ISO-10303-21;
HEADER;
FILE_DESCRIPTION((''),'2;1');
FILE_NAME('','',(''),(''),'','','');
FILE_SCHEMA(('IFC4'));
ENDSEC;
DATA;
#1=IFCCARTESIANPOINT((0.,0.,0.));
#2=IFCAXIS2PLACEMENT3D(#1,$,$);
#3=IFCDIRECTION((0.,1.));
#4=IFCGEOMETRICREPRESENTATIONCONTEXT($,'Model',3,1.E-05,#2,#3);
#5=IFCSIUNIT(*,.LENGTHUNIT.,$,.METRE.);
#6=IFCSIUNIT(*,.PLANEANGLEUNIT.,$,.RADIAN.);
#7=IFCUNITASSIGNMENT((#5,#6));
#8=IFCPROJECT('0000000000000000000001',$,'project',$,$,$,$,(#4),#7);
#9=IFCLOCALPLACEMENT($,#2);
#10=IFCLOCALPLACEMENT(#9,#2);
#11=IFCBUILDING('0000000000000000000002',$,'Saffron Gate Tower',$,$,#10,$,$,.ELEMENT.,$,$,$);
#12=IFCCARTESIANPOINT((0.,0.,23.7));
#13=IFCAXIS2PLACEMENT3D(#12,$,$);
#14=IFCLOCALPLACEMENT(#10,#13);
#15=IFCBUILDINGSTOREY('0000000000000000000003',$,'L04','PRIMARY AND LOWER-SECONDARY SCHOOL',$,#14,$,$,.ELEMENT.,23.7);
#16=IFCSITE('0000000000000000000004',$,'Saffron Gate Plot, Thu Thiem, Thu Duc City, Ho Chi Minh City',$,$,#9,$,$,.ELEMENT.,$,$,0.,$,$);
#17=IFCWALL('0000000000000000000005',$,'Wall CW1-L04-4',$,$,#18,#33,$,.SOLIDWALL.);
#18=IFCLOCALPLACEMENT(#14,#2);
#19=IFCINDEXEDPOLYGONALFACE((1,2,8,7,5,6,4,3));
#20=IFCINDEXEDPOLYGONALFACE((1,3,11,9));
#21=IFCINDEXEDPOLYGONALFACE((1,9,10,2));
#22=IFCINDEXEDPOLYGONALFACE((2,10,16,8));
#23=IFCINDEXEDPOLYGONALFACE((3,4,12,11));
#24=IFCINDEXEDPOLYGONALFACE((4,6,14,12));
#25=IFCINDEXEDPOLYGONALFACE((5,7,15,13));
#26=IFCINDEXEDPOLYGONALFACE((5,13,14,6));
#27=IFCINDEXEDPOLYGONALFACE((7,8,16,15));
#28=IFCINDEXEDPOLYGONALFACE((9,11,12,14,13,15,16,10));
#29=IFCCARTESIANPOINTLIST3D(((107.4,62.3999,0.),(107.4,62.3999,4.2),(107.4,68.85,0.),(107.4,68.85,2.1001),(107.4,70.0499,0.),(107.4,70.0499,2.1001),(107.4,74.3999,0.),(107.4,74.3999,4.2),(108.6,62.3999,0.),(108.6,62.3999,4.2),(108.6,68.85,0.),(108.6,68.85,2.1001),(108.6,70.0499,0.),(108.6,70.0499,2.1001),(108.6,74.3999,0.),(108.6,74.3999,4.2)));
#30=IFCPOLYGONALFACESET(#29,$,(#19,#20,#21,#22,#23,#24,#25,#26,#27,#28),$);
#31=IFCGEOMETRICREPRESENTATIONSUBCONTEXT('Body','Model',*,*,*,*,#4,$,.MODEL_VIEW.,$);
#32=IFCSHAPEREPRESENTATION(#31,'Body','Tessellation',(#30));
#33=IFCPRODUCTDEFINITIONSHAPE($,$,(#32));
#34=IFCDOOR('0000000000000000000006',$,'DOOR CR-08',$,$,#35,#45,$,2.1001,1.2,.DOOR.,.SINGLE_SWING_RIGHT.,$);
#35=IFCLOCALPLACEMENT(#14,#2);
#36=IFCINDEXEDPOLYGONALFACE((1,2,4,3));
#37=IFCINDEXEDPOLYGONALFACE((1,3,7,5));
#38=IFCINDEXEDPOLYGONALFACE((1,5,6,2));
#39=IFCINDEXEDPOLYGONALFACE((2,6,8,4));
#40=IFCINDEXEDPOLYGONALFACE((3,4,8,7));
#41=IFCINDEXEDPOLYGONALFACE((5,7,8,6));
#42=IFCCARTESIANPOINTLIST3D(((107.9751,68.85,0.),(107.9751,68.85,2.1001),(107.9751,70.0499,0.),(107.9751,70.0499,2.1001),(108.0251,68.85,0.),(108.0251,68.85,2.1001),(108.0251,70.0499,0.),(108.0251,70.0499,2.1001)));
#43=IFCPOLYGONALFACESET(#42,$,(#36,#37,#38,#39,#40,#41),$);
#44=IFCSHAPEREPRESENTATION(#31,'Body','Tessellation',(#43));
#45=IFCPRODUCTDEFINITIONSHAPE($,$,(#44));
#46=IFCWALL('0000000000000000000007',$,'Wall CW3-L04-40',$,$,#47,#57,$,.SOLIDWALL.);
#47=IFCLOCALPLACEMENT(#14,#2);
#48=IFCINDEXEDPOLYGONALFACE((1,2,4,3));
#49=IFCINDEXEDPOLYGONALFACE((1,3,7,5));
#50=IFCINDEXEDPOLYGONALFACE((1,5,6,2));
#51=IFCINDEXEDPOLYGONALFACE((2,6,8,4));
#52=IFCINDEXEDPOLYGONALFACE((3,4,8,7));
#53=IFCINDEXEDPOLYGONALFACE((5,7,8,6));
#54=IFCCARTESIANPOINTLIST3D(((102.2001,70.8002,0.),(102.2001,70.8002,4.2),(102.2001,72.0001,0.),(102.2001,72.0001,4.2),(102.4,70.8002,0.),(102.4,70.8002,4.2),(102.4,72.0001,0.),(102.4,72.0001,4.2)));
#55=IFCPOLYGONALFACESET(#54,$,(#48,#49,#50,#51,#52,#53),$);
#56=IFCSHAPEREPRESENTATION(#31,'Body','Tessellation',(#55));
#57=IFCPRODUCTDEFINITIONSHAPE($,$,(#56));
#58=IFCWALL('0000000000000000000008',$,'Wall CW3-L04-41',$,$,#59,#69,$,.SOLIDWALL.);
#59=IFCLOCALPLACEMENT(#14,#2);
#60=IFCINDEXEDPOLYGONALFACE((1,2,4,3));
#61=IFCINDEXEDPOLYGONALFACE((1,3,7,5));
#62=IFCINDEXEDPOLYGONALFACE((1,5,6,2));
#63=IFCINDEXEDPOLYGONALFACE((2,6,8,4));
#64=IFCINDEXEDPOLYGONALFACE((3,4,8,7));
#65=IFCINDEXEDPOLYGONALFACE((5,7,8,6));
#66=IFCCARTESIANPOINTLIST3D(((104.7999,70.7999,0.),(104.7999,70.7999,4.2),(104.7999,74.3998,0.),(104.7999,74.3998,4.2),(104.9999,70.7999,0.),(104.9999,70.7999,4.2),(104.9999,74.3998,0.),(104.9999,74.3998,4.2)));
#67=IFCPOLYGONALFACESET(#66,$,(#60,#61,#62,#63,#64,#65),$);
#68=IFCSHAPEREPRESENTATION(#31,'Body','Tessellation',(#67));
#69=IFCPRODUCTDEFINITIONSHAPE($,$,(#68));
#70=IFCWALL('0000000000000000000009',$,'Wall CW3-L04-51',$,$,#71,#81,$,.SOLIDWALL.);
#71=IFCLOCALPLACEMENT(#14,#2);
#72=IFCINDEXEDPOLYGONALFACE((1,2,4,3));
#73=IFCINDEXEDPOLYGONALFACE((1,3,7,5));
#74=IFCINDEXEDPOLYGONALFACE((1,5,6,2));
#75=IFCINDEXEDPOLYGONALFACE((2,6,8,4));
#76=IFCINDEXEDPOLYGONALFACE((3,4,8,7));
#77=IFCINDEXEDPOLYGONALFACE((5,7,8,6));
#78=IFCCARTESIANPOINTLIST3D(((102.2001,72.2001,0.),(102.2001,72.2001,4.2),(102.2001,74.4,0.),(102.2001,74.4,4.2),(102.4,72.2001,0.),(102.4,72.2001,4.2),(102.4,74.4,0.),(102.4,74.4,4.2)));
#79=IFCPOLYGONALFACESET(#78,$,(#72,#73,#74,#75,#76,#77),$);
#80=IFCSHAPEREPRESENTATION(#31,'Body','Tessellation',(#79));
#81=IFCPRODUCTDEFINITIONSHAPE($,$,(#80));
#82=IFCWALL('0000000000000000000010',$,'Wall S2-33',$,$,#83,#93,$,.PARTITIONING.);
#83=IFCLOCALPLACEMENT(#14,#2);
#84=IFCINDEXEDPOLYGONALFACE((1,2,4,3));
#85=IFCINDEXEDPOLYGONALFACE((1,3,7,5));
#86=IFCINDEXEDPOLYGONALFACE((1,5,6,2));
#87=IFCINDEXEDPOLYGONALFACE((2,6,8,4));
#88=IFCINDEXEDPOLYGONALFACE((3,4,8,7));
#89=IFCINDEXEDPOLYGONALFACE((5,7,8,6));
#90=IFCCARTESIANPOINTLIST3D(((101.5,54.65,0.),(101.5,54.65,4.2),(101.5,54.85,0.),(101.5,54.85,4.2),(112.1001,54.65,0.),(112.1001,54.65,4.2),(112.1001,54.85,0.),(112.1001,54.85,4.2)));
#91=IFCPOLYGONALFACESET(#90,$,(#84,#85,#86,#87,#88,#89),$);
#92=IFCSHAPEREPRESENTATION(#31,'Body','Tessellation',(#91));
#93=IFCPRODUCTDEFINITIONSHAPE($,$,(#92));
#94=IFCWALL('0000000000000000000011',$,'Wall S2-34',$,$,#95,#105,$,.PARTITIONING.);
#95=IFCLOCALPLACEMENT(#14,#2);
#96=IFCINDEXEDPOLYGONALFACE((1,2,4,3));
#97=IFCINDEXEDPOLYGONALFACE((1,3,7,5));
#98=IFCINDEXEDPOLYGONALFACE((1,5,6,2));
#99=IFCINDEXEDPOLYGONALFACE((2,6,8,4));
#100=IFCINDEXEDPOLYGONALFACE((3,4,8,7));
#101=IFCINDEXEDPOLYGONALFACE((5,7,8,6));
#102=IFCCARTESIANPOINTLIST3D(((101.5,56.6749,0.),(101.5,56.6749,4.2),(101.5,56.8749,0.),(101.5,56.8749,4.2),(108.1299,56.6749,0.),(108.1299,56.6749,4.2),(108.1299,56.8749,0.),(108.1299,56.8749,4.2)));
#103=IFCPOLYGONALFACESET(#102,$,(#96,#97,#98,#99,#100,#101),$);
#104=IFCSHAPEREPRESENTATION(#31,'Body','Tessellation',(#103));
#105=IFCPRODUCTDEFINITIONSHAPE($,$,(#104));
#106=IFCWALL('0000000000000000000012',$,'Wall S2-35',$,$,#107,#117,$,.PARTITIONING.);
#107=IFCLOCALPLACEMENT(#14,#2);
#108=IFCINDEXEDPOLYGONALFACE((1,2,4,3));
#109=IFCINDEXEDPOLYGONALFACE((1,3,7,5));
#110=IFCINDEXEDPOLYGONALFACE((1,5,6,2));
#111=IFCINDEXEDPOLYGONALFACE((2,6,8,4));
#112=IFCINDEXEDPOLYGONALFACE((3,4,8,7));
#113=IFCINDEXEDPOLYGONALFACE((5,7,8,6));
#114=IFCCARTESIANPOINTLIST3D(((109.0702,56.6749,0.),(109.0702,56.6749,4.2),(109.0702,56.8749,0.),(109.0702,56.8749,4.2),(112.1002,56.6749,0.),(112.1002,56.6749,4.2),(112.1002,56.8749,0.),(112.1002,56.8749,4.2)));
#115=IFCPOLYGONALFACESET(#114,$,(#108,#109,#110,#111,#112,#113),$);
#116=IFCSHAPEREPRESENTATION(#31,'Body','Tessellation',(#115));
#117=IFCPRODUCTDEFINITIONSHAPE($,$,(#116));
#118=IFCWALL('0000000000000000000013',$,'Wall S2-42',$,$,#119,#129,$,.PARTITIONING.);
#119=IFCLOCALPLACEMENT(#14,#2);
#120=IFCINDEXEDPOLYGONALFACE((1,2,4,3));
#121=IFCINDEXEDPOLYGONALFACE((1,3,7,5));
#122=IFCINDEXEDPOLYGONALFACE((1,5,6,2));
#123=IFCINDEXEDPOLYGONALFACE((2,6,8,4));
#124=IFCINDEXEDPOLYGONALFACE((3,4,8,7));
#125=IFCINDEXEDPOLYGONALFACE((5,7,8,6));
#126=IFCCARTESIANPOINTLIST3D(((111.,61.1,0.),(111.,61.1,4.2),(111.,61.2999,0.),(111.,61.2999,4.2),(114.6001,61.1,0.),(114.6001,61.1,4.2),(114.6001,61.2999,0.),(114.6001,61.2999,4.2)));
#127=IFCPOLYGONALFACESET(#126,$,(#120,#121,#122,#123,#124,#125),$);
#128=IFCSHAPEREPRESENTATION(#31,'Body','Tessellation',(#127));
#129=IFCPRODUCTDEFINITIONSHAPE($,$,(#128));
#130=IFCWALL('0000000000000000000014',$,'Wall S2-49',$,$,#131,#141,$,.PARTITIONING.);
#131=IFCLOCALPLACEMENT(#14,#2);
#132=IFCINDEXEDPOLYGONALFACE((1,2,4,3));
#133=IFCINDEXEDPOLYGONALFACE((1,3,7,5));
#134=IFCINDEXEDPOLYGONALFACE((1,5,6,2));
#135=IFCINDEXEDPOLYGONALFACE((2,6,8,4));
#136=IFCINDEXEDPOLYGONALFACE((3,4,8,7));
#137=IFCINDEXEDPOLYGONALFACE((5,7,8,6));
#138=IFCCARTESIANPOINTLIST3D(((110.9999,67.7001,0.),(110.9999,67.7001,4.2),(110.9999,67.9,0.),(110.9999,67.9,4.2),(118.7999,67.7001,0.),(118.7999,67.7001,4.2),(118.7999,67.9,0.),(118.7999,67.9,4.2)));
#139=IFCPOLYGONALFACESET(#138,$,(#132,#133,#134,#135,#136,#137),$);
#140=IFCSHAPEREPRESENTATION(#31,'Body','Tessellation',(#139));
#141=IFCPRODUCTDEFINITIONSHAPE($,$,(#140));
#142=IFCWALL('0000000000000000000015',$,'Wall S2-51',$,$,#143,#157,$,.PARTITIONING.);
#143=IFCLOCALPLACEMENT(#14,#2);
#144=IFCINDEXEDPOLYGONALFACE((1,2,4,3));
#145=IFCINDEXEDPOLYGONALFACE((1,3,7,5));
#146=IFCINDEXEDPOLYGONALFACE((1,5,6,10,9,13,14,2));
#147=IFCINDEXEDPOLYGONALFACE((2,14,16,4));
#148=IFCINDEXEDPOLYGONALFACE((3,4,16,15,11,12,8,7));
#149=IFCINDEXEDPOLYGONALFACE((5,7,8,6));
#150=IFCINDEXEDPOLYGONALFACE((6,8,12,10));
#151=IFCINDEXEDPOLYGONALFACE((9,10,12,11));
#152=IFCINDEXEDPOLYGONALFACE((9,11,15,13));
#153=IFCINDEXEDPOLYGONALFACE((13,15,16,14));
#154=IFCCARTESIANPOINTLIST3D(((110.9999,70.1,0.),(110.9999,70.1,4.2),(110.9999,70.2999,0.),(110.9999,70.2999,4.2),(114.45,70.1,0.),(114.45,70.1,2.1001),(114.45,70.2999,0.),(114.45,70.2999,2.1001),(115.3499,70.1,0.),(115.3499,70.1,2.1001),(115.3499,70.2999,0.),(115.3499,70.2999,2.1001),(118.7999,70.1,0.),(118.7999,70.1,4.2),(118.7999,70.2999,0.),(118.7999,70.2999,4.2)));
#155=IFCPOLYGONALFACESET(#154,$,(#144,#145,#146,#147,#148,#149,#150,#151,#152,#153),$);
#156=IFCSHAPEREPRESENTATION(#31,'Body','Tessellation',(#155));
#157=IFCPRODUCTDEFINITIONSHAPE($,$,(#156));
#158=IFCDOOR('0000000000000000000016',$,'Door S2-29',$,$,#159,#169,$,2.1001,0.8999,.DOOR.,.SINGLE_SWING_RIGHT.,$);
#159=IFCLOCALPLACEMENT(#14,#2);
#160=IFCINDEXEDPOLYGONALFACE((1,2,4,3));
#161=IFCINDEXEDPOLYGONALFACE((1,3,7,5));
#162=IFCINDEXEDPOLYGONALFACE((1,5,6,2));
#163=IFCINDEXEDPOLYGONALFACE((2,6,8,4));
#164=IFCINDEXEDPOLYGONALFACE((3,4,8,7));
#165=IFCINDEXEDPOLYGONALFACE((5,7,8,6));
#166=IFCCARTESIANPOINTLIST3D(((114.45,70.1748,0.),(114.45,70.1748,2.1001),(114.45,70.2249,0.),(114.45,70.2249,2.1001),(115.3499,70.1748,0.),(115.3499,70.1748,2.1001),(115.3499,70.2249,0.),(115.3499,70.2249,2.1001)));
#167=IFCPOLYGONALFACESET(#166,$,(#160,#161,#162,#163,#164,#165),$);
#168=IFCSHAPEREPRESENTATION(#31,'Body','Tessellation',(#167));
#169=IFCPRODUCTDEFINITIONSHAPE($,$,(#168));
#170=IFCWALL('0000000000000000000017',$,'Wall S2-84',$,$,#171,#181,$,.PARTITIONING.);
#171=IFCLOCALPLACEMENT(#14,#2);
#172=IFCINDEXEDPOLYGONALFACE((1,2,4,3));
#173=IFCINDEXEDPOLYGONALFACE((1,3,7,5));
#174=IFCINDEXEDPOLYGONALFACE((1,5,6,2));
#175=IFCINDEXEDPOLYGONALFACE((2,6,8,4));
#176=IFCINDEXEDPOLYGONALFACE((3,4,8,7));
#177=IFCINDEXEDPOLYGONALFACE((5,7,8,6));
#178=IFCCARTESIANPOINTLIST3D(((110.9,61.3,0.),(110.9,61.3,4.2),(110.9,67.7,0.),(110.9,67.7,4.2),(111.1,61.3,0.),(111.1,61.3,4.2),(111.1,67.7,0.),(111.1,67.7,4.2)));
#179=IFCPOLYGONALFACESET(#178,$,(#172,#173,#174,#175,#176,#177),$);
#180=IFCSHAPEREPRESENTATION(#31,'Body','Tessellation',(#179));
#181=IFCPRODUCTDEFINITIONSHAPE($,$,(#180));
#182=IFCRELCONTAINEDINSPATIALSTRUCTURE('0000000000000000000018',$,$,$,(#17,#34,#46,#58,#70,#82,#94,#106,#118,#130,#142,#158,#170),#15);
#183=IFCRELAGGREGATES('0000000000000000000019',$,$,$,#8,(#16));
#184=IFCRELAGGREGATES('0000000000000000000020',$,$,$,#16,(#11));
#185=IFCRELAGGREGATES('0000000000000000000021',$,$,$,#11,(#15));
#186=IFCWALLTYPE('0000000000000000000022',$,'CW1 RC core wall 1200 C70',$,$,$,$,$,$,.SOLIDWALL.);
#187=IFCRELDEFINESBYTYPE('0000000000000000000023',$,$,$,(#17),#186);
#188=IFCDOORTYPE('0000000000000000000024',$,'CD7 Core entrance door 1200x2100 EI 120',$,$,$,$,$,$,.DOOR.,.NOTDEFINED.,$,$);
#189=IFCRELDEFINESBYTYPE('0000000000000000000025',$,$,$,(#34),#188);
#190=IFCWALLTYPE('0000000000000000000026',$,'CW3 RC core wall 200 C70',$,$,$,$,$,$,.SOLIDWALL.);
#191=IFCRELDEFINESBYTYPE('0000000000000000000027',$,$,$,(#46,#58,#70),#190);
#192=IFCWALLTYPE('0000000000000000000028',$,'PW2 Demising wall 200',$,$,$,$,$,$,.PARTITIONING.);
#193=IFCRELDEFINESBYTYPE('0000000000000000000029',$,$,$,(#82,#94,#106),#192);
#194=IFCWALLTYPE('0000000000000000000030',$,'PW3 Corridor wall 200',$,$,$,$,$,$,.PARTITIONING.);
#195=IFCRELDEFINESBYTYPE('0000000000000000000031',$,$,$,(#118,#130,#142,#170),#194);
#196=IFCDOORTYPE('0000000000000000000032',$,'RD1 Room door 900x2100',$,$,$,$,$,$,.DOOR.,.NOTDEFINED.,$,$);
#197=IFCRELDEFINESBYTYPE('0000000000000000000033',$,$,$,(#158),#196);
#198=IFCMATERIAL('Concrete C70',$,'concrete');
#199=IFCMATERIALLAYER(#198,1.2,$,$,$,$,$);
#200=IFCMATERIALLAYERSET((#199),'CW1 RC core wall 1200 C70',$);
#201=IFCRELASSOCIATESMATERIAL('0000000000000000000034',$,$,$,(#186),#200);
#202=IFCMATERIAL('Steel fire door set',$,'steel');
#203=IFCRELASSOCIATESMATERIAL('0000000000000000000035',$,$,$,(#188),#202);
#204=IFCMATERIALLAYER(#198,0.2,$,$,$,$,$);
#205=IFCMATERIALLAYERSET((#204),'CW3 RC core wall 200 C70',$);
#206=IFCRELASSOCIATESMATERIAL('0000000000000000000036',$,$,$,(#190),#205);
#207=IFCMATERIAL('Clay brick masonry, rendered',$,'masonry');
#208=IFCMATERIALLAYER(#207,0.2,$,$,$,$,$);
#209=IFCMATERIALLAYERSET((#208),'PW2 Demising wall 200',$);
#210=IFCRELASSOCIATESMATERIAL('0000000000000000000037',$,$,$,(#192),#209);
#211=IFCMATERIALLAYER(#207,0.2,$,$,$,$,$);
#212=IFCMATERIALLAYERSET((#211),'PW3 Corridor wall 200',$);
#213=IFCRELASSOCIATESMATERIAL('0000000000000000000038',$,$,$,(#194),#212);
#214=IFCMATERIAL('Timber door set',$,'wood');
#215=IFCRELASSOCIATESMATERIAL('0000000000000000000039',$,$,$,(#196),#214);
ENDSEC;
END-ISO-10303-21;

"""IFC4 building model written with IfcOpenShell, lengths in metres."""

from ifc_helpers import new_model, si_unit, direction, frame, frame_2d, origin, place, context, subcontext, project, spatial, rectangle, extrude, material, layer, layer_set, type_object, element, fill, save


model = new_model("IFC4")

# Units and contexts
model_context = context("Model", 3, precision=1e-05, world=origin(), true_north=direction((0.0, 1.0)))
body_context = subcontext(model_context, "Body", "Model", "MODEL_VIEW")
ifc_project = project(units=[si_unit("LENGTHUNIT", "METRE"), si_unit("PLANEANGLEUNIT", "RADIAN")], contexts=[model_context])

# Site, building, storey
site_placement = place(None, origin())
site = spatial("IfcSite", under=ifc_project, at=site_placement, Name="Saffron Gate Plot, Thu Thiem, Thu Duc City, Ho Chi Minh City", CompositionType="ELEMENT", RefElevation=0.0)
building_placement = place(site_placement, origin())
building = spatial("IfcBuilding", under=site, at=building_placement, Name="Saffron Gate Tower", CompositionType="ELEMENT")
storey_placement = place(building_placement, frame((0.0, 0.0, 23.7)))
storey = spatial("IfcBuildingStorey", under=building, at=storey_placement, Name="L04", Description="PRIMARY AND LOWER-SECONDARY SCHOOL", CompositionType="ELEMENT", Elevation=23.7)

# Wall, opening, door
ifc_material_1 = material(Name="Concrete C70", Category="concrete")
ifc_layer_1 = layer(ifc_material_1, 1.2)
ifc_layer_set_1 = layer_set([ifc_layer_1], Name="CW1 RC core wall 1200 C70")
wall_type_1 = type_object("IfcWallType", Name="CW1 RC core wall 1200 C70", PredefinedType="SOLIDWALL", material=ifc_layer_set_1)
wall_1_placement = place(storey_placement, frame((108.0, 62.3999, 0.0), z_axis=(0.0, 0.0, 1.0), x_axis=(0.0, 1.0, 0.0)))
wall_1 = element("IfcWall", 1, at=wall_1_placement, inside=storey, type_object=wall_type_1, Name="Wall CW1-L04-4", PredefinedType="SOLIDWALL", context=body_context, shape_type="SweptSolid", body=[
    extrude(rectangle(XDim=12.0, YDim=1.2, at=frame_2d((6.0, 0.0))), origin(), (0.0, 0.0, 1.0), 4.2),
])
opening_1_placement = place(wall_1_placement, frame((6.45, 0.0, 0.0)))
opening_1 = element("IfcOpeningElement", 2, at=opening_1_placement, cuts=wall_1, PredefinedType="OPENING", context=body_context, shape_type="SweptSolid", body=[
    extrude(rectangle(XDim=1.2, YDim=2.1001, at=frame_2d((0.6001, 1.05))), frame((0.0, 0.6099, 0.0), z_axis=(0.0, -1.0, 0.0), x_axis=(1.0, 0.0, 0.0)), (0.0, 0.0, 1.0), 1.22),
])
ifc_material_2 = material(Name="Steel fire door set", Category="steel")
door_type_1 = type_object("IfcDoorType", Name="CD7 Core entrance door 1200x2100 EI 120", OperationType="NOTDEFINED", PredefinedType="DOOR", material=ifc_material_2)
door_1_placement = place(opening_1_placement, origin())
door_1 = element("IfcDoor", 3, at=door_1_placement, inside=storey, type_object=door_type_1, Name="DOOR CR-08", OperationType="SINGLE_SWING_RIGHT", OverallHeight=2.1001, OverallWidth=1.2, PredefinedType="DOOR", context=body_context, shape_type="SweptSolid", body=[
    extrude(rectangle(XDim=1.2, YDim=2.1001, at=frame_2d((0.6001, 1.05))), frame((0.0, 0.0249, 0.0), z_axis=(0.0, -1.0, 0.0), x_axis=(1.0, 0.0, 0.0)), (0.0, 0.0, 1.0), 0.05),
])
fill(opening_1, door_1)

# Walls
ifc_layer_2 = layer(ifc_material_1, 0.2)
ifc_layer_set_2 = layer_set([ifc_layer_2], Name="CW3 RC core wall 200 C70")
wall_type_2 = type_object("IfcWallType", Name="CW3 RC core wall 200 C70", PredefinedType="SOLIDWALL", material=ifc_layer_set_2)
wall_2_placement = place(storey_placement, frame((102.3, 70.8, 0.0), z_axis=(0.0, 0.0, 1.0), x_axis=(0.0, 1.0, 0.0)))
element("IfcWall", 4, at=wall_2_placement, inside=storey, type_object=wall_type_2, Name="Wall CW3-L04-40", PredefinedType="SOLIDWALL", context=body_context, shape_type="SweptSolid", body=[
    extrude(rectangle(XDim=1.2, YDim=0.2, at=frame_2d((0.6001, 0.0))), origin(), (0.0, 0.0, 1.0), 4.2),
])
wall_3_placement = place(storey_placement, frame((104.8999, 70.8, 0.0), z_axis=(0.0, 0.0, 1.0), x_axis=(0.0, 1.0, 0.0)))
element("IfcWall", 5, at=wall_3_placement, inside=storey, type_object=wall_type_2, Name="Wall CW3-L04-41", PredefinedType="SOLIDWALL", context=body_context, shape_type="SweptSolid", body=[
    extrude(rectangle(XDim=3.5999, YDim=0.2, at=frame_2d((1.7998, 0.0))), origin(), (0.0, 0.0, 1.0), 4.2),
])
wall_4_placement = place(storey_placement, frame((102.3, 72.2, 0.0), z_axis=(0.0, 0.0, 1.0), x_axis=(0.0, 1.0, 0.0)))
element("IfcWall", 6, at=wall_4_placement, inside=storey, type_object=wall_type_2, Name="Wall CW3-L04-51", PredefinedType="SOLIDWALL", context=body_context, shape_type="SweptSolid", body=[
    extrude(rectangle(XDim=2.2, YDim=0.2, at=frame_2d((1.1001, 0.0))), origin(), (0.0, 0.0, 1.0), 4.2),
])
ifc_material_3 = material(Name="Clay brick masonry, rendered", Category="masonry")
ifc_layer_3 = layer(ifc_material_3, 0.2)
ifc_layer_set_3 = layer_set([ifc_layer_3], Name="PW2 Demising wall 200")
wall_type_3 = type_object("IfcWallType", Name="PW2 Demising wall 200", PredefinedType="PARTITIONING", material=ifc_layer_set_3)
wall_5_placement = place(storey_placement, frame((101.5, 54.75, 0.0), z_axis=(0.0, 0.0, 1.0), x_axis=(1.0, 0.0, 0.0)))
element("IfcWall", 7, at=wall_5_placement, inside=storey, type_object=wall_type_3, Name="Wall S2-33", PredefinedType="PARTITIONING", context=body_context, shape_type="SweptSolid", body=[
    extrude(rectangle(XDim=10.6001, YDim=0.2, at=frame_2d((5.3, 0.0))), origin(), (0.0, 0.0, 1.0), 4.2),
])
wall_6_placement = place(storey_placement, frame((101.5, 56.7749, 0.0), z_axis=(0.0, 0.0, 1.0), x_axis=(1.0, 0.0, 0.0)))
element("IfcWall", 8, at=wall_6_placement, inside=storey, type_object=wall_type_3, Name="Wall S2-34", PredefinedType="PARTITIONING", context=body_context, shape_type="SweptSolid", body=[
    extrude(rectangle(XDim=6.6299, YDim=0.2, at=frame_2d((3.3149, 0.0))), origin(), (0.0, 0.0, 1.0), 4.2),
])
wall_7_placement = place(storey_placement, frame((109.0701, 56.7749, 0.0), z_axis=(0.0, 0.0, 1.0), x_axis=(1.0, 0.0, 0.0)))
element("IfcWall", 9, at=wall_7_placement, inside=storey, type_object=wall_type_3, Name="Wall S2-35", PredefinedType="PARTITIONING", context=body_context, shape_type="SweptSolid", body=[
    extrude(rectangle(XDim=3.03, YDim=0.2, at=frame_2d((1.5151, 0.0))), origin(), (0.0, 0.0, 1.0), 4.2),
])
ifc_layer_4 = layer(ifc_material_3, 0.2)
ifc_layer_set_4 = layer_set([ifc_layer_4], Name="PW3 Corridor wall 200")
wall_type_4 = type_object("IfcWallType", Name="PW3 Corridor wall 200", PredefinedType="PARTITIONING", material=ifc_layer_set_4)
wall_8_placement = place(storey_placement, frame((111.0, 61.2, 0.0), z_axis=(0.0, 0.0, 1.0), x_axis=(1.0, 0.0, 0.0)))
element("IfcWall", 10, at=wall_8_placement, inside=storey, type_object=wall_type_4, Name="Wall S2-42", PredefinedType="PARTITIONING", context=body_context, shape_type="SweptSolid", body=[
    extrude(rectangle(XDim=3.6001, YDim=0.2, at=frame_2d((1.8, 0.0))), origin(), (0.0, 0.0, 1.0), 4.2),
])
wall_9_placement = place(storey_placement, frame((111.0, 67.8, 0.0), z_axis=(0.0, 0.0, 1.0), x_axis=(1.0, 0.0, 0.0)))
element("IfcWall", 11, at=wall_9_placement, inside=storey, type_object=wall_type_4, Name="Wall S2-49", PredefinedType="PARTITIONING", context=body_context, shape_type="SweptSolid", body=[
    extrude(rectangle(XDim=7.8, YDim=0.2, at=frame_2d((3.8999, 0.0))), origin(), (0.0, 0.0, 1.0), 4.2),
])

# Wall, opening, door
wall_10_placement = place(storey_placement, frame((111.0, 70.2, 0.0), z_axis=(0.0, 0.0, 1.0), x_axis=(1.0, 0.0, 0.0)))
wall_10 = element("IfcWall", 12, at=wall_10_placement, inside=storey, type_object=wall_type_4, Name="Wall S2-51", PredefinedType="PARTITIONING", context=body_context, shape_type="SweptSolid", body=[
    extrude(rectangle(XDim=7.8, YDim=0.2, at=frame_2d((3.8999, 0.0))), origin(), (0.0, 0.0, 1.0), 4.2),
])
opening_2_placement = place(wall_10_placement, frame((3.45, 0.0, 0.0)))
opening_2 = element("IfcOpeningElement", 13, at=opening_2_placement, cuts=wall_10, PredefinedType="OPENING", context=body_context, shape_type="SweptSolid", body=[
    extrude(rectangle(XDim=0.8999, YDim=2.1001, at=frame_2d((0.45, 1.05))), frame((0.0, 0.1099, 0.0), z_axis=(0.0, -1.0, 0.0), x_axis=(1.0, 0.0, 0.0)), (0.0, 0.0, 1.0), 0.22),
])
ifc_material_4 = material(Name="Timber door set", Category="wood")
door_type_2 = type_object("IfcDoorType", Name="RD1 Room door 900x2100", OperationType="NOTDEFINED", PredefinedType="DOOR", material=ifc_material_4)
door_2_placement = place(opening_2_placement, origin())
door_2 = element("IfcDoor", 14, at=door_2_placement, inside=storey, type_object=door_type_2, Name="Door S2-29", OperationType="SINGLE_SWING_RIGHT", OverallHeight=2.1001, OverallWidth=0.8999, PredefinedType="DOOR", context=body_context, shape_type="SweptSolid", body=[
    extrude(rectangle(XDim=0.8999, YDim=2.1001, at=frame_2d((0.45, 1.05))), frame((0.0, 0.0249, 0.0), z_axis=(0.0, -1.0, 0.0), x_axis=(1.0, 0.0, 0.0)), (0.0, 0.0, 1.0), 0.05),
])
fill(opening_2, door_2)

# Wall
wall_11_placement = place(storey_placement, frame((111.0, 67.7, 0.0), z_axis=(0.0, 0.0, 1.0), x_axis=(0.0, -1.0, 0.0)))
element("IfcWall", 15, at=wall_11_placement, inside=storey, type_object=wall_type_4, Name="Wall S2-84", PredefinedType="PARTITIONING", context=body_context, shape_type="SweptSolid", body=[
    extrude(rectangle(XDim=6.3999, YDim=0.2, at=frame_2d((3.2, 0.0))), origin(), (0.0, 0.0, 1.0), 4.2),
])

save(model, "model.ifc")
